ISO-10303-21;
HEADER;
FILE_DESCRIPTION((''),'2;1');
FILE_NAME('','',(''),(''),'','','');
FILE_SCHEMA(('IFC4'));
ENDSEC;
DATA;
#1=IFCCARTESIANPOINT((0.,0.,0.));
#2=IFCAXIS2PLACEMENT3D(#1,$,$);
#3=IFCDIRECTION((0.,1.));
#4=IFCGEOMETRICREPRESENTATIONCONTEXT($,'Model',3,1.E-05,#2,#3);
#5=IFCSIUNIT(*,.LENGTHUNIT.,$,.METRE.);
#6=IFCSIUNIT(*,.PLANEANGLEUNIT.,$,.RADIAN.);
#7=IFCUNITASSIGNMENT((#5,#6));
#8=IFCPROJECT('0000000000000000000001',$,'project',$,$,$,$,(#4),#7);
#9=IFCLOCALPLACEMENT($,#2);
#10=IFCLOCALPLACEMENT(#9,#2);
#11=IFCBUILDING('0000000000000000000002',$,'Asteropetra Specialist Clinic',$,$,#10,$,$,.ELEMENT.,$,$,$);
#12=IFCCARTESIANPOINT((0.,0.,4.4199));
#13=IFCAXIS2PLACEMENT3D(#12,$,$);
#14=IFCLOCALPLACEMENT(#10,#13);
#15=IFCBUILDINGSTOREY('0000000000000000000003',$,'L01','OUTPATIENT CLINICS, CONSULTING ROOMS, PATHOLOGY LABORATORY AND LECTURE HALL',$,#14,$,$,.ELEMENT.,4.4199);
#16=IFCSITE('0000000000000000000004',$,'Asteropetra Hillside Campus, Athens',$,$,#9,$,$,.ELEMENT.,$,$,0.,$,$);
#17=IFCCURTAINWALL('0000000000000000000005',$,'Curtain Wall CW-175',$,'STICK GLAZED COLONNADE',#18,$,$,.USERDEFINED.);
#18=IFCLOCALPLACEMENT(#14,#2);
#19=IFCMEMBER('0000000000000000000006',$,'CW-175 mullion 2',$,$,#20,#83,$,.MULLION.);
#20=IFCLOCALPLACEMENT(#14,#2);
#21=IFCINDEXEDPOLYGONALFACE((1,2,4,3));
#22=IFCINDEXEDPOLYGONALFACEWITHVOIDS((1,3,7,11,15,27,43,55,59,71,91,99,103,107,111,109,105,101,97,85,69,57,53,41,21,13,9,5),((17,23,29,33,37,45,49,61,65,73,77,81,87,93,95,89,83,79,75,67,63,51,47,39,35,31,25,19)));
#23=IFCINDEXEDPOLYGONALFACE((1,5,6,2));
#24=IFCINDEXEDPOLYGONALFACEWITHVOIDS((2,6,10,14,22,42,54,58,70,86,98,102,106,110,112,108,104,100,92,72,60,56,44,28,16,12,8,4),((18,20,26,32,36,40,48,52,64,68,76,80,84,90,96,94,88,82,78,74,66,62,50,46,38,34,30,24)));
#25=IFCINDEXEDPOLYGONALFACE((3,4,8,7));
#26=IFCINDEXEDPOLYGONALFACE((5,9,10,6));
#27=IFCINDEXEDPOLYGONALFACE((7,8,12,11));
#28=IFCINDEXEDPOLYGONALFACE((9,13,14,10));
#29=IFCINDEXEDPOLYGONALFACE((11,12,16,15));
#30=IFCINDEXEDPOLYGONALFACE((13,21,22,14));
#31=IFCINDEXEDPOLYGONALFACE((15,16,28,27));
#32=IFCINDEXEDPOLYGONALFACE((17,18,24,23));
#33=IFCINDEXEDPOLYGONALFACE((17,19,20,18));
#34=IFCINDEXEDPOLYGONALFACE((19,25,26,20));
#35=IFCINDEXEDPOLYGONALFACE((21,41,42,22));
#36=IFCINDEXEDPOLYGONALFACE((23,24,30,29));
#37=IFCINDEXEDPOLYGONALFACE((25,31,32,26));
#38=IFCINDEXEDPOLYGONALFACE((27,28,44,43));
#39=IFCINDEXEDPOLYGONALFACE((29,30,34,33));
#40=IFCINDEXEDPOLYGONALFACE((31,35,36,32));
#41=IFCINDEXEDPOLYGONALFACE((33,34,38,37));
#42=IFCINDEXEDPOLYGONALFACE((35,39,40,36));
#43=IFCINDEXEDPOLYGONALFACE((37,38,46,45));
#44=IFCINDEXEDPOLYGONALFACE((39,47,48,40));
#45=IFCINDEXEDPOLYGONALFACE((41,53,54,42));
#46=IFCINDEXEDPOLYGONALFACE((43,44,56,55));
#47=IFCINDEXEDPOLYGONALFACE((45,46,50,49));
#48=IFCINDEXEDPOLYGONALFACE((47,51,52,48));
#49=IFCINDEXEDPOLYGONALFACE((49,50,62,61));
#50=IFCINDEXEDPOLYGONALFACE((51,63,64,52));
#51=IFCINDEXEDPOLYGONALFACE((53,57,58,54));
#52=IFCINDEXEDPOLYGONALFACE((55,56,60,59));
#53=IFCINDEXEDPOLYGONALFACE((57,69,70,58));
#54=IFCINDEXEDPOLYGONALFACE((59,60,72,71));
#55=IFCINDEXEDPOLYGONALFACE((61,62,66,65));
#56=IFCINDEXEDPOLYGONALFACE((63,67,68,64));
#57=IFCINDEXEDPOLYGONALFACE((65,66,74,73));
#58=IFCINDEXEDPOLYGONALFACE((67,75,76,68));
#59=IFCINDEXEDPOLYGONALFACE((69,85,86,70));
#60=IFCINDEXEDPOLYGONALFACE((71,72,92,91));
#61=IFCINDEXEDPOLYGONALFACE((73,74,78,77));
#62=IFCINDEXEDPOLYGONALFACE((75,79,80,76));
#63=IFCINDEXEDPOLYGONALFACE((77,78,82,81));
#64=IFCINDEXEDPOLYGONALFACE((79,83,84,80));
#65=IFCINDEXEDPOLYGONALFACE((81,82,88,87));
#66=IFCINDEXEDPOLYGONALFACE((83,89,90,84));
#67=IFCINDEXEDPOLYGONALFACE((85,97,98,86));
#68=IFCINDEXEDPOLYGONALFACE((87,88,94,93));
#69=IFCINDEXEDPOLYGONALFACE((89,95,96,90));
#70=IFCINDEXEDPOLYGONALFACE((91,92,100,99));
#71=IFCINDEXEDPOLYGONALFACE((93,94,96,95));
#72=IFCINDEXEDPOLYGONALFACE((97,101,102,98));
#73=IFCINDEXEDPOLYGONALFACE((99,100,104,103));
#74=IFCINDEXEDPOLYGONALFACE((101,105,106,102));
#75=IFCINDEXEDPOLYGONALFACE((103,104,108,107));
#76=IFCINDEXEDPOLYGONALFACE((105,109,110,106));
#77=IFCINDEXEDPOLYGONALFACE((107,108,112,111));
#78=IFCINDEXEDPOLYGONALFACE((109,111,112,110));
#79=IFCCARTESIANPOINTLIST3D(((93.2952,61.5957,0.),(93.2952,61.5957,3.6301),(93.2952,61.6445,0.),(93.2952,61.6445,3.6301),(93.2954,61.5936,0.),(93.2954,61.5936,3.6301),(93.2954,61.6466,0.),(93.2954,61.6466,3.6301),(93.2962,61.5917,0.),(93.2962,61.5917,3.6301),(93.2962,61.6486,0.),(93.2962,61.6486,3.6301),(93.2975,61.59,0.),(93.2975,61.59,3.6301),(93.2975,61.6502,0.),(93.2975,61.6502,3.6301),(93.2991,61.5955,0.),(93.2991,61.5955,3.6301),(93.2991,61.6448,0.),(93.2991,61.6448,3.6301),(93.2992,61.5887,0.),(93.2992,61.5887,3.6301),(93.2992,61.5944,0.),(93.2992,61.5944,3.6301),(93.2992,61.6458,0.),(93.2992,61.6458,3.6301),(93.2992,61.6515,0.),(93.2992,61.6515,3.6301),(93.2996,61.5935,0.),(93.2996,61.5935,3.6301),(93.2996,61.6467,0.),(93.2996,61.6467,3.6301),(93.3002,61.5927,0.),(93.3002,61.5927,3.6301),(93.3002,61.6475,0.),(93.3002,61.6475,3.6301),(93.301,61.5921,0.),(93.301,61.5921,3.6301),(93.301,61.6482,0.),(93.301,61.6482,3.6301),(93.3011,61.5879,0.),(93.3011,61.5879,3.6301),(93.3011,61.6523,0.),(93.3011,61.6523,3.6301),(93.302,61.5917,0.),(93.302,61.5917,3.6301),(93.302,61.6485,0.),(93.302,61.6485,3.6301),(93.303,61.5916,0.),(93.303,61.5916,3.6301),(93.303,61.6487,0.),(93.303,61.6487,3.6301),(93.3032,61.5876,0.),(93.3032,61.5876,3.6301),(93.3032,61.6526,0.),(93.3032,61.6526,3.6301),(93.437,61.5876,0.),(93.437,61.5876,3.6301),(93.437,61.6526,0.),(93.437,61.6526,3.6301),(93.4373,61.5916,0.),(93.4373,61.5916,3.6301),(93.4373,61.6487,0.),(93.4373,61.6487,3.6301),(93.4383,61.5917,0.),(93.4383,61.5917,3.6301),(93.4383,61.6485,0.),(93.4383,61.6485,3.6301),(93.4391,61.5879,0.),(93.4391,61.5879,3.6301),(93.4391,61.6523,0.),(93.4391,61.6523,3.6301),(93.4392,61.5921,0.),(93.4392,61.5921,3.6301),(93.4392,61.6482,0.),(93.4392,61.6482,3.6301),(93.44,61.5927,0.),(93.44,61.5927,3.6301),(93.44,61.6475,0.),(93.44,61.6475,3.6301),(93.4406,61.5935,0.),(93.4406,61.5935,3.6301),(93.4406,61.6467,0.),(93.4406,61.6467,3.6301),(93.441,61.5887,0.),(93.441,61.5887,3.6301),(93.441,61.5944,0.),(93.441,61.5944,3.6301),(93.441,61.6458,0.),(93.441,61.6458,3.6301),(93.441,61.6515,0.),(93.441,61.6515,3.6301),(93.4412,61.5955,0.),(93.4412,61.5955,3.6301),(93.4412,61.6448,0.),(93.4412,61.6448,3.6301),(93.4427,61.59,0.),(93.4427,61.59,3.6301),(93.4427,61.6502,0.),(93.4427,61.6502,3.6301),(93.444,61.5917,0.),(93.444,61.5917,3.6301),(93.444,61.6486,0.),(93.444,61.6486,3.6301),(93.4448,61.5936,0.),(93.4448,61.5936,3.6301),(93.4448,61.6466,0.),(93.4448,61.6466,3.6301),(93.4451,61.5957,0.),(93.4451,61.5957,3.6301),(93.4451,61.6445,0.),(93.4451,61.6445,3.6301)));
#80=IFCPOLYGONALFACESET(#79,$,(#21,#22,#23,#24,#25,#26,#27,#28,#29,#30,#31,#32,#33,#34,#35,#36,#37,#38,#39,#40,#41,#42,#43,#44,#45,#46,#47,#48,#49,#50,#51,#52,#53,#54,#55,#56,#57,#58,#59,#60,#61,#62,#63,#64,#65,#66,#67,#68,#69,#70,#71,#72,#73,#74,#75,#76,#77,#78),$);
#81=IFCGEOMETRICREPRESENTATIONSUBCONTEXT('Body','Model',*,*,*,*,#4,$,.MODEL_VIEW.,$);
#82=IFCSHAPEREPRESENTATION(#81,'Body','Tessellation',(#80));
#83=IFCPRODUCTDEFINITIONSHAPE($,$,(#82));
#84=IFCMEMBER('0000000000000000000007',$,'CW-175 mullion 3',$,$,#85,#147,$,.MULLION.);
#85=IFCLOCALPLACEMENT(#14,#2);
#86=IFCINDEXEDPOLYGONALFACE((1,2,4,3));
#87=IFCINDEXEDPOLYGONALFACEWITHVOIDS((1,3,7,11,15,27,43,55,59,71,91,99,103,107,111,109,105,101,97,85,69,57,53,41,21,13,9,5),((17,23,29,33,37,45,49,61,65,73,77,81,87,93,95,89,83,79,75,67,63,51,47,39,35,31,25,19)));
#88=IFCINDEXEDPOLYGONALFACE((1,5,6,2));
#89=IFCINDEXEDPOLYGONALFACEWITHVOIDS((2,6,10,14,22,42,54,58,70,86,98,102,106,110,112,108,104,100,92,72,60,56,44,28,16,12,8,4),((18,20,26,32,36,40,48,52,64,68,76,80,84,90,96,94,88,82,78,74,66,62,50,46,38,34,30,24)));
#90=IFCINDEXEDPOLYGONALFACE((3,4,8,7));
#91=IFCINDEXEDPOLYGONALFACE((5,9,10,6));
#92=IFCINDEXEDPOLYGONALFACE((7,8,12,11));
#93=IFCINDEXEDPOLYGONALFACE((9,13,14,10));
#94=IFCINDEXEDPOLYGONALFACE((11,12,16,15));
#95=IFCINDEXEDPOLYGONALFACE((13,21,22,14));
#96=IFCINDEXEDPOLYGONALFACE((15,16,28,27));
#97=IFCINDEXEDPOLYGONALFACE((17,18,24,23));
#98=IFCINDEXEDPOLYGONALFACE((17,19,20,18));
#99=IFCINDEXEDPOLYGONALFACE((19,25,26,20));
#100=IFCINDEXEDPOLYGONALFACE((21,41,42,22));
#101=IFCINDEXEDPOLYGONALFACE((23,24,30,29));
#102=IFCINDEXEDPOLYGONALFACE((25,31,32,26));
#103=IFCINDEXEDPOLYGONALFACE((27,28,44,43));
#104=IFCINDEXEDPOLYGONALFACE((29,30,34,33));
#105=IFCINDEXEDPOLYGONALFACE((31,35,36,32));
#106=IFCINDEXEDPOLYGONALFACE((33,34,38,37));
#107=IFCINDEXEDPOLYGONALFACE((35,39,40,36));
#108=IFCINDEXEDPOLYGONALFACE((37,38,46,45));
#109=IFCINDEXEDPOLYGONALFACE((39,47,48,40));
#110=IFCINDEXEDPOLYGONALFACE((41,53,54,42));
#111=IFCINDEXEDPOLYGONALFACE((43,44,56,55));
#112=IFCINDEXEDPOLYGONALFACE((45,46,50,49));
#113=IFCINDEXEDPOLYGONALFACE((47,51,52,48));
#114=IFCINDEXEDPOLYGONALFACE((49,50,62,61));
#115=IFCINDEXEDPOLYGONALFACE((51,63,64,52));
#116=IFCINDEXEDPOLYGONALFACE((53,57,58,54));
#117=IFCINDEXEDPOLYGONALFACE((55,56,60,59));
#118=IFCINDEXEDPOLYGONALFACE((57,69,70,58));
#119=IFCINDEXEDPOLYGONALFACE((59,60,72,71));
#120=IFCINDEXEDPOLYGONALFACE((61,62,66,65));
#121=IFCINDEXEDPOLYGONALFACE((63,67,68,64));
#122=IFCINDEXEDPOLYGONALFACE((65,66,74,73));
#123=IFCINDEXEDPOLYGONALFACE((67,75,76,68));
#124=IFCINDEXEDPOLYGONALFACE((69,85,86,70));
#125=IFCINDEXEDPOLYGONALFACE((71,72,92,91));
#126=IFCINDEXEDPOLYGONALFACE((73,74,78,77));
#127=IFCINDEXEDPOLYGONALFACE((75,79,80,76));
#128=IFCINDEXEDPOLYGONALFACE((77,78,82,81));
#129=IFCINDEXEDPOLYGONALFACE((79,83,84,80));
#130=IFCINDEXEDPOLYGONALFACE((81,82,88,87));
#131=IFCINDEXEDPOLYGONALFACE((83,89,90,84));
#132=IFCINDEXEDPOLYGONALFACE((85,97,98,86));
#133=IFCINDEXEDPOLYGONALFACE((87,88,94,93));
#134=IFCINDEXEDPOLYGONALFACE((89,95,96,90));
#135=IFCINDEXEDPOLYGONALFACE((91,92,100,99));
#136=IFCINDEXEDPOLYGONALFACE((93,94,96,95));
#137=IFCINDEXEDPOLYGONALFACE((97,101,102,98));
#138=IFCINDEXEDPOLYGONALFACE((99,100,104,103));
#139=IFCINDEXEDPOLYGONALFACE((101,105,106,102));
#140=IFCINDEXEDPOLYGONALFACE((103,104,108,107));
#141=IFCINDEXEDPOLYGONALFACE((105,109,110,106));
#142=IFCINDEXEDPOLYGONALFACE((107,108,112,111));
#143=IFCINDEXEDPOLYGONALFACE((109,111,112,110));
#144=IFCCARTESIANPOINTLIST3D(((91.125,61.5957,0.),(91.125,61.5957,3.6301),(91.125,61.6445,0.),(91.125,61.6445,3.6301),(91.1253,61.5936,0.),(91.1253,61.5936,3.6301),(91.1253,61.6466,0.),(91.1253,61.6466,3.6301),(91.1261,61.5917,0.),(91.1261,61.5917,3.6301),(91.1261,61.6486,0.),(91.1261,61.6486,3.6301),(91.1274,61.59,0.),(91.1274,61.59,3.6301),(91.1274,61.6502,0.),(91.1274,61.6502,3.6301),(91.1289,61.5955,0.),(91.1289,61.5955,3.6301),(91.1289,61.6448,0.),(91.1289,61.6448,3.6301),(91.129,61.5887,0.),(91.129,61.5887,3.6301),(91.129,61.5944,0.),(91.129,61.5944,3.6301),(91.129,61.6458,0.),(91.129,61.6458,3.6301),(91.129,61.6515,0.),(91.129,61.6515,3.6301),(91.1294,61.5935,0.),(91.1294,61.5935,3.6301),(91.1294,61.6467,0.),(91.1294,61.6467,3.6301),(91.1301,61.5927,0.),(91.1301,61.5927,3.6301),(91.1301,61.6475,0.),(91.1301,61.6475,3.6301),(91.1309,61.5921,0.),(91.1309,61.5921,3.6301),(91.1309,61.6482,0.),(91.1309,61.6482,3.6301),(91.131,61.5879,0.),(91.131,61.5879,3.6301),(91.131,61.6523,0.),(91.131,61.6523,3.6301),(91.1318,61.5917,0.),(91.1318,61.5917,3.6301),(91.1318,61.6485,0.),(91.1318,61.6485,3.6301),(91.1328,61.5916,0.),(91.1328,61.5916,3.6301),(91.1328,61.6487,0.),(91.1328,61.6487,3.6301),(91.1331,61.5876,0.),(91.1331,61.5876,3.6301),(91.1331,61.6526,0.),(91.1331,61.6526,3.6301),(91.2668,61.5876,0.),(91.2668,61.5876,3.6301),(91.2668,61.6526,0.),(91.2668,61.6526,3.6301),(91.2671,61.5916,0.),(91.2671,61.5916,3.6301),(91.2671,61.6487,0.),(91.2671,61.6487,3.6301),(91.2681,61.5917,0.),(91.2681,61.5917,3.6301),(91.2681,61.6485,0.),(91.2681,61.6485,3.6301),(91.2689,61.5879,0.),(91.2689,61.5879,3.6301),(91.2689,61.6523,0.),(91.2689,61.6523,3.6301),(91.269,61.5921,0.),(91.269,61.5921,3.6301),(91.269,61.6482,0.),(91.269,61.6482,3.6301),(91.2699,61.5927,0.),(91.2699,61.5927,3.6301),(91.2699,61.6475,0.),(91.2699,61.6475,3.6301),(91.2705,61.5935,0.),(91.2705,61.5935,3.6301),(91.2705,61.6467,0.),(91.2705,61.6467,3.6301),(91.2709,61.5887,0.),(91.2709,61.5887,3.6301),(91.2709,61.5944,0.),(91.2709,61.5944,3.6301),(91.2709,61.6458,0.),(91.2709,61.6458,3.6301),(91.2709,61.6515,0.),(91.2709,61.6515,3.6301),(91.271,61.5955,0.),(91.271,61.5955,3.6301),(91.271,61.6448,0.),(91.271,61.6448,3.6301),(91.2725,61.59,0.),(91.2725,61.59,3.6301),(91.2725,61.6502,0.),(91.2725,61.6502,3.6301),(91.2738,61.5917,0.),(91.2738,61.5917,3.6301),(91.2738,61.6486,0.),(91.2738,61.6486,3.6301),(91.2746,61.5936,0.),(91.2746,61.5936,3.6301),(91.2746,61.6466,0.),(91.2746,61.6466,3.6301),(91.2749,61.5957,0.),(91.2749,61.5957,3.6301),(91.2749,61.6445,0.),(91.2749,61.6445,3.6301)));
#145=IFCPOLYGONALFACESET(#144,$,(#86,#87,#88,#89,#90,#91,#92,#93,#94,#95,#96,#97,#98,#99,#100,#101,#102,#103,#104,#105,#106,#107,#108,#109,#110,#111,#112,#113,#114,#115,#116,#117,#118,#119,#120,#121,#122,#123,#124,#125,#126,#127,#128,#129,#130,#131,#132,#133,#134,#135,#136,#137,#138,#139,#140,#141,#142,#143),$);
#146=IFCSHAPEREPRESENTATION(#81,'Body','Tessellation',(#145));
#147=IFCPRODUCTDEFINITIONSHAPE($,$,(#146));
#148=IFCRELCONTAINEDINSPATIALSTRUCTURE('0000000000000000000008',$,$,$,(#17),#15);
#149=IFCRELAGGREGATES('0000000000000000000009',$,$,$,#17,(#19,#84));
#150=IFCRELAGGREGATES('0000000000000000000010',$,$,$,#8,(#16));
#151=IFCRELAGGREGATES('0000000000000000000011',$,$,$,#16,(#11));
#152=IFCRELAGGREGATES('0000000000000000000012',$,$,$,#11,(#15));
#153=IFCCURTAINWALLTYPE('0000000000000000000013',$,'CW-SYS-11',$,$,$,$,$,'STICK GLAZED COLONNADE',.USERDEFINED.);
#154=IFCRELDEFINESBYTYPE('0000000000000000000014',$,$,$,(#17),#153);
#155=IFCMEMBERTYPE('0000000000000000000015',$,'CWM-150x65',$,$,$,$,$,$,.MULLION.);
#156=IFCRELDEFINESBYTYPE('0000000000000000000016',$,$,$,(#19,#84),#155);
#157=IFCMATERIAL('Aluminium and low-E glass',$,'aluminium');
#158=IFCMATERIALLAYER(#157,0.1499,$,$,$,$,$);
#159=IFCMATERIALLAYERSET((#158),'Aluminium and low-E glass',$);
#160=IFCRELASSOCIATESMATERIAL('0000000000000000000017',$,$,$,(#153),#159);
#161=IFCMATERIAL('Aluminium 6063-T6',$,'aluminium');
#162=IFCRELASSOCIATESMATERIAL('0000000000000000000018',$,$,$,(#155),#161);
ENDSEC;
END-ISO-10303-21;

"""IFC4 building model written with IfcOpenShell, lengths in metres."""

from ifc_helpers import new_model, si_unit, direction, frame, origin, origin_2d, place, context, subcontext, project, spatial, hollow_rectangle, extrude, material, layer, layer_set, material_profile, profile_set, type_object, element, aggregate, save


model = new_model("IFC4")

# Units and contexts
model_context = context("Model", 3, precision=1e-05, world=origin(), true_north=direction((0.0, 1.0)))
body_context = subcontext(model_context, "Body", "Model", "MODEL_VIEW")
ifc_project = project(units=[si_unit("LENGTHUNIT", "METRE"), si_unit("PLANEANGLEUNIT", "RADIAN")], contexts=[model_context])

# Site, building, storey
site_placement = place(None, origin())
site = spatial("IfcSite", under=ifc_project, at=site_placement, Name="Asteropetra Hillside Campus, Athens", CompositionType="ELEMENT", RefElevation=0.0)
building_placement = place(site_placement, origin())
building = spatial("IfcBuilding", under=site, at=building_placement, Name="Asteropetra Specialist Clinic", CompositionType="ELEMENT")
storey_placement = place(building_placement, frame((0.0, 0.0, 4.4199)))
storey = spatial("IfcBuildingStorey", under=building, at=storey_placement, Name="L01", Description="OUTPATIENT CLINICS, CONSULTING ROOMS, PATHOLOGY LABORATORY AND LECTURE HALL", CompositionType="ELEMENT", Elevation=4.4199)

# Curtain wall, members
ifc_material_1 = material(Name="Aluminium and low-E glass", Category="aluminium")
ifc_layer_1 = layer(ifc_material_1, 0.1499)
ifc_layer_set_1 = layer_set([ifc_layer_1], Name="Aluminium and low-E glass")
curtain_wall_type = type_object("IfcCurtainWallType", Name="CW-SYS-11", ElementType="STICK GLAZED COLONNADE", PredefinedType="USERDEFINED", material=ifc_layer_set_1)
curtain_wall_placement = place(storey_placement, origin())
curtain_wall = element("IfcCurtainWall", 1, at=curtain_wall_placement, inside=storey, type_object=curtain_wall_type, Name="Curtain Wall CW-175", ObjectType="STICK GLAZED COLONNADE", PredefinedType="USERDEFINED")
ifc_material_2 = material(Name="Aluminium 6063-T6", Category="aluminium")
ifc_material_profile_1 = material_profile(ifc_material_2, hollow_rectangle(XDim=0.0649, YDim=0.1499, WallThickness=0.0039, InnerFilletRadius=0.0039, OuterFilletRadius=0.0081, at=origin_2d()), Name="MUL 150x65x4.0")
ifc_profile_set_1 = profile_set([ifc_material_profile_1], Name="Aluminium 6063-T6")
member_type_1 = type_object("IfcMemberType", Name="CWM-150x65", PredefinedType="MULLION", material=ifc_profile_set_1)
member_1_placement = place(storey_placement, frame((93.3701, 61.6201, 0.0), z_axis=(0.0, 0.0, 1.0), x_axis=(0.0, -1.0, 0.0)))
member_1 = element("IfcMember", 2, at=member_1_placement, type_object=member_type_1, Name="CW-175 mullion 2", PredefinedType="MULLION", context=body_context, shape_type="SweptSolid", body=[
    extrude(hollow_rectangle(XDim=0.0649, YDim=0.1499, WallThickness=0.0039, InnerFilletRadius=0.0039, OuterFilletRadius=0.0081, at=origin_2d()), origin(), (0.0, 0.0, 1.0), 3.6301),
])
member_2_placement = place(storey_placement, frame((91.2, 61.6201, 0.0), z_axis=(0.0, 0.0, 1.0), x_axis=(0.0, -1.0, 0.0)))
member_2 = element("IfcMember", 3, at=member_2_placement, type_object=member_type_1, Name="CW-175 mullion 3", PredefinedType="MULLION", context=body_context, shape_type="SweptSolid", body=[
    extrude(hollow_rectangle(XDim=0.0649, YDim=0.1499, WallThickness=0.0039, InnerFilletRadius=0.0039, OuterFilletRadius=0.0081, at=origin_2d()), origin(), (0.0, 0.0, 1.0), 3.6301),
])
aggregate(curtain_wall, [member_1, member_2])

save(model, "model.ifc")
